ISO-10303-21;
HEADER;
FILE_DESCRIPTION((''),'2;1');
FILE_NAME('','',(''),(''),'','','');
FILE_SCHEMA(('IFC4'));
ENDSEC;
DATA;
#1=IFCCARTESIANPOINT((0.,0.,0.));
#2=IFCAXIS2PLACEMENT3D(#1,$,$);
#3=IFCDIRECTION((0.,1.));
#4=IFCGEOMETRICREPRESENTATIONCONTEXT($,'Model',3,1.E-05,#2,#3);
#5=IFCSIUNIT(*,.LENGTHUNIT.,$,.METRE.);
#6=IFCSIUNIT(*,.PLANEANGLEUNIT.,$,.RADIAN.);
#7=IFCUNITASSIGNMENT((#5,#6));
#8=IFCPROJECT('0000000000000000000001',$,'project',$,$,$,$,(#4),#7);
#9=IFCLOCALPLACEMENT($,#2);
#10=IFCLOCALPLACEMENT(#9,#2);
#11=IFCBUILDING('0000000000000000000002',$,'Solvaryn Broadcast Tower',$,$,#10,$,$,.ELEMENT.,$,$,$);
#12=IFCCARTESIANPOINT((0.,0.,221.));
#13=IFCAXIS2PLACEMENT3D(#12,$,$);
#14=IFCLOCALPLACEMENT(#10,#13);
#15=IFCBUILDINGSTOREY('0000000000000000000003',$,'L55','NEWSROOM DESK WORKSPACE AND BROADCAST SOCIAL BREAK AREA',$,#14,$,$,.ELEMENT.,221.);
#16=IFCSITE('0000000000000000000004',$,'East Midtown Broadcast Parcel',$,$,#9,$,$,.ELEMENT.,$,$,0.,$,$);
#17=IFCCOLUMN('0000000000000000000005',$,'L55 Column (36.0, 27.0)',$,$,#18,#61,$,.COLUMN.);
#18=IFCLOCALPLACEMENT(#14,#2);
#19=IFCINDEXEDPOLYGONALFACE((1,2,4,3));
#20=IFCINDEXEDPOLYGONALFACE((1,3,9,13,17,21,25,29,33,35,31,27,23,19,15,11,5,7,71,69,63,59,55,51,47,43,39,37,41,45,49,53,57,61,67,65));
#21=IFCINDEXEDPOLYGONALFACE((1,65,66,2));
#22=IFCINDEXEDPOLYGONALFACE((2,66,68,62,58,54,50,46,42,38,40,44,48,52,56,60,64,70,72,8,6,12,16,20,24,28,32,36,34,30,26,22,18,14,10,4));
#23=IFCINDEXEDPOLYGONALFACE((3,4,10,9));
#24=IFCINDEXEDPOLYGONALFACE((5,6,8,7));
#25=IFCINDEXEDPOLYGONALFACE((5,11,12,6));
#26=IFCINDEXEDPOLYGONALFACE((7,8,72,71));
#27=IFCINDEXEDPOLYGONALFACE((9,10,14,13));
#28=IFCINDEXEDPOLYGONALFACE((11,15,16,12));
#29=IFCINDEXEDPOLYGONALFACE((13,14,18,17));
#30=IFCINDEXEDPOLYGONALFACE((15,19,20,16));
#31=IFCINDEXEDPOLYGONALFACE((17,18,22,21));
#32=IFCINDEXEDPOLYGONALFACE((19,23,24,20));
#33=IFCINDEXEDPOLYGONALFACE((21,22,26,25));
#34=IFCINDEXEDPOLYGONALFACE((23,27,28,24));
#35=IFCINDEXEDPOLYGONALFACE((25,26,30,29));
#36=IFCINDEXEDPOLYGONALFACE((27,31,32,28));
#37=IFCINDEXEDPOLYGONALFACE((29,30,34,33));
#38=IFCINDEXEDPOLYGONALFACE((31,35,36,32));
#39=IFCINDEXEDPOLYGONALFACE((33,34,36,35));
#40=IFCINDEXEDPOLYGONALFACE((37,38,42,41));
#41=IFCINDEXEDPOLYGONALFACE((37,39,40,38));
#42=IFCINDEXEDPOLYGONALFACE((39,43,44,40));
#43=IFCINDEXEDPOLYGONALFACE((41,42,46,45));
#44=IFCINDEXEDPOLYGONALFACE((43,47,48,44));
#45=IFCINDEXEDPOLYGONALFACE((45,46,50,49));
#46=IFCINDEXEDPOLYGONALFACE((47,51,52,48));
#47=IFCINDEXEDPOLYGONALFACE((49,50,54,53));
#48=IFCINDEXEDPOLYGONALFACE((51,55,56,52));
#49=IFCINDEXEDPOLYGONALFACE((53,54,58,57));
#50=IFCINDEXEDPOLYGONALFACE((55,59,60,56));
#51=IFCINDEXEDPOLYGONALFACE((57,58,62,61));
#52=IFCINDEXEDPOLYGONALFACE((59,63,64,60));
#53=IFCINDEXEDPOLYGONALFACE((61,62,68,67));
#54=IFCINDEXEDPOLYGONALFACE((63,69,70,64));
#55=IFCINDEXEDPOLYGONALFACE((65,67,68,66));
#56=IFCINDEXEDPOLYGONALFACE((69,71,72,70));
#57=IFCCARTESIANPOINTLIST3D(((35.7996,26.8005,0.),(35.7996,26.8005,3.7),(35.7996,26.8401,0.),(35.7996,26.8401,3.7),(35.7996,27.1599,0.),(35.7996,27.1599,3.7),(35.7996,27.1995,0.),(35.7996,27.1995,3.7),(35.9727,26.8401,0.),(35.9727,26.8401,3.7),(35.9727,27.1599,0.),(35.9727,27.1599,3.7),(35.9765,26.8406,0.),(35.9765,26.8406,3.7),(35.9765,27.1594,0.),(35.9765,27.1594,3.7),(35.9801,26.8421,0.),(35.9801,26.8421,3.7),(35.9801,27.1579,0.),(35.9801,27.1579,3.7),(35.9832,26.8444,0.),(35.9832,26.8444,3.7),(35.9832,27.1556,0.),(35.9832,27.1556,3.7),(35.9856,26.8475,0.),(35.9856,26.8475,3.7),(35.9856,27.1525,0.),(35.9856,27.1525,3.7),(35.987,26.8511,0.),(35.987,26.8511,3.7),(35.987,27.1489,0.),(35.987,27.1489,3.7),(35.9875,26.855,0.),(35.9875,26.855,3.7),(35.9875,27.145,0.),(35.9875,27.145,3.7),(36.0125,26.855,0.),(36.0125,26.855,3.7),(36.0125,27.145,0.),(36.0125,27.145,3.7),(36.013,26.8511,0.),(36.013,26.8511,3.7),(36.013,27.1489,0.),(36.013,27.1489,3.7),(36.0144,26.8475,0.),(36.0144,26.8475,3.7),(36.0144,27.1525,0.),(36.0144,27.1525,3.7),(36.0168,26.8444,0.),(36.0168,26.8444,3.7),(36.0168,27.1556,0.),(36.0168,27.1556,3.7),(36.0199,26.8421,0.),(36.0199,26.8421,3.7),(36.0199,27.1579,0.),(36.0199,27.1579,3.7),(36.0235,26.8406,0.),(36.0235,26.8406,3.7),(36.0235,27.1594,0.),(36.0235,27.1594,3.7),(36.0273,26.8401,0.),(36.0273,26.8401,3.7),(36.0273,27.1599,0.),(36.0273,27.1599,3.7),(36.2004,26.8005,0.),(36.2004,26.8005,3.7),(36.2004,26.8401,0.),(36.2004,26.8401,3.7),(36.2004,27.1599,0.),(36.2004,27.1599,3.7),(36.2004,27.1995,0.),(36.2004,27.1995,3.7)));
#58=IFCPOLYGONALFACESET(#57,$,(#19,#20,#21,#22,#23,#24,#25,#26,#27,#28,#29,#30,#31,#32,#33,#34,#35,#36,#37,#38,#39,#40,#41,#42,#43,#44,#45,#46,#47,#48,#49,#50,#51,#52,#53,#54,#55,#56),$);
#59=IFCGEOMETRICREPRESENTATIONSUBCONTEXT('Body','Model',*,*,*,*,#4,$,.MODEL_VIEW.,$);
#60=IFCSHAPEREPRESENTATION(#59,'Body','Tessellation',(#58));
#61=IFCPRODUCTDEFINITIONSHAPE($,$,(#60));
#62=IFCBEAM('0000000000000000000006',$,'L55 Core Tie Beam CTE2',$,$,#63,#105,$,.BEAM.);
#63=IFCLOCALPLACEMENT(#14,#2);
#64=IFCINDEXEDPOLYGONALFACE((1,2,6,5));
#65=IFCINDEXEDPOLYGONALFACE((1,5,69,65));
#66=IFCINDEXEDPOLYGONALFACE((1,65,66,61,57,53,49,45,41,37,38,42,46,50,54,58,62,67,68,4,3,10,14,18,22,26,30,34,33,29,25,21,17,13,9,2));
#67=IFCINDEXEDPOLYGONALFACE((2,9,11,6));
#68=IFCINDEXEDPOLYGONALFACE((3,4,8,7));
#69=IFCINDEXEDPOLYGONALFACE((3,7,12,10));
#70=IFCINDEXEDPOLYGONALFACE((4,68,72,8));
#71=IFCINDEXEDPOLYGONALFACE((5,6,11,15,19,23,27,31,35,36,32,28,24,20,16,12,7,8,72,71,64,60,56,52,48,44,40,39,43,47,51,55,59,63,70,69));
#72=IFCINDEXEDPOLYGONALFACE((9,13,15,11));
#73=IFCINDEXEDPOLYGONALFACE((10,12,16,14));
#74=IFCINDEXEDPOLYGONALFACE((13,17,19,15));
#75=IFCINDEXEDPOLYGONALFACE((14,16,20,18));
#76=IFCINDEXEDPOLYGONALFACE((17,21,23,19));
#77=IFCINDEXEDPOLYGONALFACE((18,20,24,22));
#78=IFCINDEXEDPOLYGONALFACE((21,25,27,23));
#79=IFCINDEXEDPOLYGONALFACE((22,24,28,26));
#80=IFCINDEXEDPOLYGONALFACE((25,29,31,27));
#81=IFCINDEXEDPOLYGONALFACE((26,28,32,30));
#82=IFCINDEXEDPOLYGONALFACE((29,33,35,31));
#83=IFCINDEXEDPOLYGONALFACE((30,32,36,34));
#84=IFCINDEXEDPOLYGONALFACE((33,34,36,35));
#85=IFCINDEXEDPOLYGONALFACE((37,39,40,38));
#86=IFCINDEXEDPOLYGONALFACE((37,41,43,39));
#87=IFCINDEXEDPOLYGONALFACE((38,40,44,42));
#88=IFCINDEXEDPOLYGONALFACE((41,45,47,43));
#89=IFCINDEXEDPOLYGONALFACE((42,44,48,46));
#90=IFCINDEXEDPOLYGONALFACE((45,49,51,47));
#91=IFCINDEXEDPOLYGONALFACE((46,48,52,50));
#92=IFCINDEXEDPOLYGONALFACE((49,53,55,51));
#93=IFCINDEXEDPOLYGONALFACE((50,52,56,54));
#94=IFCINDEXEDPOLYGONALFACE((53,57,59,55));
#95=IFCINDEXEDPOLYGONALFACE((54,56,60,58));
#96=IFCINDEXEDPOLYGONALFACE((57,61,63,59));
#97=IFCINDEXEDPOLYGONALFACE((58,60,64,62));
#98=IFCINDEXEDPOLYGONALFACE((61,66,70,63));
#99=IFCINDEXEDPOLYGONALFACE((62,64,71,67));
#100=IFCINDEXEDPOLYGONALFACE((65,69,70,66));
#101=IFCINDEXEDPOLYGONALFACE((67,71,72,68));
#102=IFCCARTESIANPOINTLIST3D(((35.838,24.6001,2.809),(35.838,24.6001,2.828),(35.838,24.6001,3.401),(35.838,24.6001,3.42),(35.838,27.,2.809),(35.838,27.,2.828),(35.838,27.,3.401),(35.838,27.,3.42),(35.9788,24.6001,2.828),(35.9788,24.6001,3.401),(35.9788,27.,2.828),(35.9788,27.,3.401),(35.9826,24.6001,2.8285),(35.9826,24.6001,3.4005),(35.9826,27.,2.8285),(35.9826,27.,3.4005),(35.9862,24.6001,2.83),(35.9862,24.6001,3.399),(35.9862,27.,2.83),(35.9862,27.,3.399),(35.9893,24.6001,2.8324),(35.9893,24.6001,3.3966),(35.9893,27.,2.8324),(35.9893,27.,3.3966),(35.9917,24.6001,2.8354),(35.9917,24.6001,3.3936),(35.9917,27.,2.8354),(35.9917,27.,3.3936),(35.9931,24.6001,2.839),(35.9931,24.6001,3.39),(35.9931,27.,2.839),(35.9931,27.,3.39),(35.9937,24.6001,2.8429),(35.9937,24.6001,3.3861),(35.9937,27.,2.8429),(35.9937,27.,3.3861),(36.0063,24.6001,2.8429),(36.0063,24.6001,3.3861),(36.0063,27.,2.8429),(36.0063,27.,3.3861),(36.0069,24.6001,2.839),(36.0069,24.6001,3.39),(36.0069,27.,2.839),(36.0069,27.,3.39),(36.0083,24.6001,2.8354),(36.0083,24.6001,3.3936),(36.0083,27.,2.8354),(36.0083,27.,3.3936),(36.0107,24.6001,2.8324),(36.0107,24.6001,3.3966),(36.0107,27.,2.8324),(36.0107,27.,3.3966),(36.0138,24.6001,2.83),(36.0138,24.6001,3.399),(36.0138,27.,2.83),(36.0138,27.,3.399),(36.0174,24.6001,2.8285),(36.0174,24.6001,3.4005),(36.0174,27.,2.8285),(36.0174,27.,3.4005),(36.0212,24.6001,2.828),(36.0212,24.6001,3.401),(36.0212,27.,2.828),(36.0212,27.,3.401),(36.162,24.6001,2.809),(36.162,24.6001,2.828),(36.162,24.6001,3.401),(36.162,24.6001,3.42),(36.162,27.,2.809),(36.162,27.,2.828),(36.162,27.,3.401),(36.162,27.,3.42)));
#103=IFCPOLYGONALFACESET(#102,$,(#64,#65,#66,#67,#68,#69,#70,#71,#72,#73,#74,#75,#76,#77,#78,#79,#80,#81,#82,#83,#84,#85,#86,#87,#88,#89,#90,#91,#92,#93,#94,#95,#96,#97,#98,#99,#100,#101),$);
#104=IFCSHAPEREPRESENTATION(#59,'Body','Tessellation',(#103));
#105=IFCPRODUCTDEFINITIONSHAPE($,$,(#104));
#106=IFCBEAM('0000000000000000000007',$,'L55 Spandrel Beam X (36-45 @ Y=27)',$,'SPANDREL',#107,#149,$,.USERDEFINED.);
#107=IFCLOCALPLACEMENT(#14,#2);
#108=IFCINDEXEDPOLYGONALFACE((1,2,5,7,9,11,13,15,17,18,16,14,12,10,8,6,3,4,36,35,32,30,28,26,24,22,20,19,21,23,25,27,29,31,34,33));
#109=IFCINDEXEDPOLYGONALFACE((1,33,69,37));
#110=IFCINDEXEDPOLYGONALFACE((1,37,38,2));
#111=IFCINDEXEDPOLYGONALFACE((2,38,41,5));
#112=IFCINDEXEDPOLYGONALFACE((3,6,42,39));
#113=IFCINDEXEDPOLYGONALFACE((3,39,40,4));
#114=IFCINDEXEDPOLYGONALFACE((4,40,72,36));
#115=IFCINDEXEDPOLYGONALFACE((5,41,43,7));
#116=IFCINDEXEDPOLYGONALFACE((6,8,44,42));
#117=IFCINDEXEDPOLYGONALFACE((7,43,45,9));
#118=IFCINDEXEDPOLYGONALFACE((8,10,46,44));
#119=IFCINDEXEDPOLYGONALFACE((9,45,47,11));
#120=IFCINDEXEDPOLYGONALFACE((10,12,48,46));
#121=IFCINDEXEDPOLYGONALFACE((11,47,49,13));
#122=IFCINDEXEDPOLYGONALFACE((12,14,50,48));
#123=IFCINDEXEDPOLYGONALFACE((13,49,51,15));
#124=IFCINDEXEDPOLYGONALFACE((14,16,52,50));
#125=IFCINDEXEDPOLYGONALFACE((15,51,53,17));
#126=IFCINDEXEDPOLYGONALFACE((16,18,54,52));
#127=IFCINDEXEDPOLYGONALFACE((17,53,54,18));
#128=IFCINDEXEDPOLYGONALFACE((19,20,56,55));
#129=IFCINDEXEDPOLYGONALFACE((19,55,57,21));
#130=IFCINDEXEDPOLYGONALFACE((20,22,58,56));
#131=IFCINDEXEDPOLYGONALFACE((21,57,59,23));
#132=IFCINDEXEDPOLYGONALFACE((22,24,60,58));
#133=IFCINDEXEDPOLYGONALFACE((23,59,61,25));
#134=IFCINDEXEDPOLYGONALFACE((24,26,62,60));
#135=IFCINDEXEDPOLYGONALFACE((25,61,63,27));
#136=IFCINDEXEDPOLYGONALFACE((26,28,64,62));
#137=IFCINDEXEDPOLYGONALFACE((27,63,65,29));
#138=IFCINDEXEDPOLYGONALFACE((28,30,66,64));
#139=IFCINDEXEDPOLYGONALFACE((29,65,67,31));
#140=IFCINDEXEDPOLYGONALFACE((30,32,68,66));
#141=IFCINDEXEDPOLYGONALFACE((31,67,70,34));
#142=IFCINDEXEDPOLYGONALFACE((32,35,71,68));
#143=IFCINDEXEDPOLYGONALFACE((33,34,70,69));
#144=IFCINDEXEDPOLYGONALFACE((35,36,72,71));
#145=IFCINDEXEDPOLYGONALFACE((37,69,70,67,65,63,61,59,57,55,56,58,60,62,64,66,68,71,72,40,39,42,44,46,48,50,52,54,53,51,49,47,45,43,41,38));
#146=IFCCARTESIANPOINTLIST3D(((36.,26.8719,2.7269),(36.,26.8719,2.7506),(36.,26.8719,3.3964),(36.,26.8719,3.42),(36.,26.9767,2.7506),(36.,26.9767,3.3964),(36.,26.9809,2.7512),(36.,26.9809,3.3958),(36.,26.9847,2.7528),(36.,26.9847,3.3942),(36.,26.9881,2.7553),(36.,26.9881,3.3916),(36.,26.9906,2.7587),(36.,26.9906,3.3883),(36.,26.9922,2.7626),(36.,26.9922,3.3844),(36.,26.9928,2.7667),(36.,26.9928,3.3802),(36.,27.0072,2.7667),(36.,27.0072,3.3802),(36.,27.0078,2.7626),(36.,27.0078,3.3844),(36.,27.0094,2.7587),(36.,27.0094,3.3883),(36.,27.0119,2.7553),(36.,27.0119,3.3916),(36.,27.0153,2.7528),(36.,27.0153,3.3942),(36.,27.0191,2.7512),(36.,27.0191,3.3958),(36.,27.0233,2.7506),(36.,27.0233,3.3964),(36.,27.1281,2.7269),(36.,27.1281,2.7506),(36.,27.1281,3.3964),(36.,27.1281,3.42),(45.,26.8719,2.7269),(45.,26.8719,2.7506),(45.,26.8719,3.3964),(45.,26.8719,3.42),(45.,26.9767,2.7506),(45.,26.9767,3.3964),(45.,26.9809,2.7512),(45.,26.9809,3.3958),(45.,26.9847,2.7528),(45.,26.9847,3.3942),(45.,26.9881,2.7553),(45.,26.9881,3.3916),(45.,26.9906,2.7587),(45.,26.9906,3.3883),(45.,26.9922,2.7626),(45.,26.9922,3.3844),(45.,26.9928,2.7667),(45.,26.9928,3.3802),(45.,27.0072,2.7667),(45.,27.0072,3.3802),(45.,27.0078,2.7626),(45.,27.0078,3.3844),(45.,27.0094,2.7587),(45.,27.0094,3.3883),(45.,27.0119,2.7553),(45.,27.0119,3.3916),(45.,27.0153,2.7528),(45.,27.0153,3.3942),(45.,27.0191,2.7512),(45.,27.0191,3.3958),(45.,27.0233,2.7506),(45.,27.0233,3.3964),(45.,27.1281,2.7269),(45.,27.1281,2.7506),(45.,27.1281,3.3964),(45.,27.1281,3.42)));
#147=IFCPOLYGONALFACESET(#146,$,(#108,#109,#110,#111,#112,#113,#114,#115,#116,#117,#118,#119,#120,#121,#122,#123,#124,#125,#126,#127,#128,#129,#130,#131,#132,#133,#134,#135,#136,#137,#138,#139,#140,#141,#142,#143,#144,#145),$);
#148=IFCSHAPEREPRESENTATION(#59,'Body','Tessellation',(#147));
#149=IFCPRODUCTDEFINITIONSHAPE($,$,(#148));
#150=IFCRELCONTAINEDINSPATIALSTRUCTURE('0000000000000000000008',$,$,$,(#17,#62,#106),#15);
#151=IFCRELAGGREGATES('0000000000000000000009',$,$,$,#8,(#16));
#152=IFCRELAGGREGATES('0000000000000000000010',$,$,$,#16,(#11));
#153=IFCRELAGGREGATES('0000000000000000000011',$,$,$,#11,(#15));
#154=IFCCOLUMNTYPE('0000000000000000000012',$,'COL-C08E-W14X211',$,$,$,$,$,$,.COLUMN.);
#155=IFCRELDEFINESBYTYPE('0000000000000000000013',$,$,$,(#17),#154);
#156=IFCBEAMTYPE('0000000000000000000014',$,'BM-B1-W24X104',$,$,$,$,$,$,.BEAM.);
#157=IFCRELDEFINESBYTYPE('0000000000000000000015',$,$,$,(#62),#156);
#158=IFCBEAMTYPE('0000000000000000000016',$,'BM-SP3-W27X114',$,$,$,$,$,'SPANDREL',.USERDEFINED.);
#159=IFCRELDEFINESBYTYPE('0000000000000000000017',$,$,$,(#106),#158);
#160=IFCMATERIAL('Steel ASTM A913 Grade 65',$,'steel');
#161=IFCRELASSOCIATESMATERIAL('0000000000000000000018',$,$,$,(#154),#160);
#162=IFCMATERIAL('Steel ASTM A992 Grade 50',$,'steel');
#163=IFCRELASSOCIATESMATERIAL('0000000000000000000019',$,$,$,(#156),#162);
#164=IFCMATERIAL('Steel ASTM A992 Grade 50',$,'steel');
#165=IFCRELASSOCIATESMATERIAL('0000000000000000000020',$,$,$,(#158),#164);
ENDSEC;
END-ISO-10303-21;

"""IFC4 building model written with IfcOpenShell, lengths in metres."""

from ifc_helpers import new_model, si_unit, direction, frame, origin, origin_2d, place, context, subcontext, project, spatial, i_section, extrude, material, material_profile, profile_set, type_object, element, save


model = new_model("IFC4")

# Units and contexts
model_context = context("Model", 3, precision=1e-05, world=origin(), true_north=direction((0.0, 1.0)))
body_context = subcontext(model_context, "Body", "Model", "MODEL_VIEW")
ifc_project = project(units=[si_unit("LENGTHUNIT", "METRE"), si_unit("PLANEANGLEUNIT", "RADIAN")], contexts=[model_context])

# Site, building, storey
site_placement = place(None, origin())
site = spatial("IfcSite", under=ifc_project, at=site_placement, Name="East Midtown Broadcast Parcel", CompositionType="ELEMENT", RefElevation=0.0)
building_placement = place(site_placement, origin())
building = spatial("IfcBuilding", under=site, at=building_placement, Name="Solvaryn Broadcast Tower", CompositionType="ELEMENT")
storey_placement = place(building_placement, frame((0.0, 0.0, 221.0)))
storey = spatial("IfcBuildingStorey", under=building, at=storey_placement, Name="L55", Description="NEWSROOM DESK WORKSPACE AND BROADCAST SOCIAL BREAK AREA", CompositionType="ELEMENT", Elevation=221.0)

# Column
ifc_material_1 = material(Name="Steel ASTM A913 Grade 65", Category="steel")
ifc_material_profile_1 = material_profile(ifc_material_1, i_section(OverallWidth=0.4009, OverallDepth=0.3989, WebThickness=0.0249, FlangeThickness=0.0396, FilletRadius=0.0149, at=origin_2d()))
ifc_profile_set_1 = profile_set([ifc_material_profile_1], Name="Steel ASTM A913 Grade 65")
column_type = type_object("IfcColumnType", Name="COL-C08E-W14X211", PredefinedType="COLUMN", material=ifc_profile_set_1)
column_placement = place(storey_placement, frame((36.0, 27.0, 0.0), z_axis=(0.0, 0.0, 1.0), x_axis=(1.0, 0.0, 0.0)))
element("IfcColumn", 1, at=column_placement, inside=storey, type_object=column_type, Name="L55 Column (36.0, 27.0)", PredefinedType="COLUMN", context=body_context, shape_type="SweptSolid", body=[
    extrude(i_section(OverallWidth=0.4009, OverallDepth=0.3989, WebThickness=0.0249, FlangeThickness=0.0396, FilletRadius=0.0149, at=origin_2d()), origin(), (0.0, 0.0, 1.0), 3.7),
])

# Beams
ifc_material_2 = material(Name="Steel ASTM A992 Grade 50", Category="steel")
ifc_material_profile_2 = material_profile(ifc_material_2, i_section(OverallWidth=0.324, OverallDepth=0.6111, WebThickness=0.0127, FlangeThickness=0.019, FilletRadius=0.0149, at=origin_2d()))
ifc_profile_set_2 = profile_set([ifc_material_profile_2], Name="Steel ASTM A992 Grade 50")
beam_type_1 = type_object("IfcBeamType", Name="BM-B1-W24X104", PredefinedType="BEAM", material=ifc_profile_set_2)
beam_1_placement = place(storey_placement, frame((36.0, 24.6001, 3.1145), z_axis=(0.0, 1.0, 0.0), x_axis=(-1.0, 0.0, 0.0)))
element("IfcBeam", 2, at=beam_1_placement, inside=storey, type_object=beam_type_1, Name="L55 Core Tie Beam CTE2", PredefinedType="BEAM", context=body_context, shape_type="SweptSolid", body=[
    extrude(i_section(OverallWidth=0.324, OverallDepth=0.6111, WebThickness=0.0127, FlangeThickness=0.019, FilletRadius=0.0149, at=origin_2d()), origin(), (0.0, 0.0, 1.0), 2.3999),
])
ifc_material_3 = material(Name="Steel ASTM A992 Grade 50", Category="steel")
ifc_material_profile_3 = material_profile(ifc_material_3, i_section(OverallWidth=0.2561, OverallDepth=0.6931, WebThickness=0.0144, FlangeThickness=0.0237, FilletRadius=0.0161, at=origin_2d()))
ifc_profile_set_3 = profile_set([ifc_material_profile_3], Name="Steel ASTM A992 Grade 50")
beam_type_2 = type_object("IfcBeamType", Name="BM-SP3-W27X114", ElementType="SPANDREL", PredefinedType="USERDEFINED", material=ifc_profile_set_3)
beam_2_placement = place(storey_placement, frame((36.0, 27.0, 3.0735), z_axis=(1.0, 0.0, 0.0), x_axis=(0.0, 1.0, 0.0)))
element("IfcBeam", 3, at=beam_2_placement, inside=storey, type_object=beam_type_2, Name="L55 Spandrel Beam X (36-45 @ Y=27)", ObjectType="SPANDREL", PredefinedType="USERDEFINED", context=body_context, shape_type="SweptSolid", body=[
    extrude(i_section(OverallWidth=0.2561, OverallDepth=0.6931, WebThickness=0.0144, FlangeThickness=0.0237, FilletRadius=0.0161, at=origin_2d()), origin(), (0.0, 0.0, 1.0), 9.0),
])

save(model, "model.ifc")
